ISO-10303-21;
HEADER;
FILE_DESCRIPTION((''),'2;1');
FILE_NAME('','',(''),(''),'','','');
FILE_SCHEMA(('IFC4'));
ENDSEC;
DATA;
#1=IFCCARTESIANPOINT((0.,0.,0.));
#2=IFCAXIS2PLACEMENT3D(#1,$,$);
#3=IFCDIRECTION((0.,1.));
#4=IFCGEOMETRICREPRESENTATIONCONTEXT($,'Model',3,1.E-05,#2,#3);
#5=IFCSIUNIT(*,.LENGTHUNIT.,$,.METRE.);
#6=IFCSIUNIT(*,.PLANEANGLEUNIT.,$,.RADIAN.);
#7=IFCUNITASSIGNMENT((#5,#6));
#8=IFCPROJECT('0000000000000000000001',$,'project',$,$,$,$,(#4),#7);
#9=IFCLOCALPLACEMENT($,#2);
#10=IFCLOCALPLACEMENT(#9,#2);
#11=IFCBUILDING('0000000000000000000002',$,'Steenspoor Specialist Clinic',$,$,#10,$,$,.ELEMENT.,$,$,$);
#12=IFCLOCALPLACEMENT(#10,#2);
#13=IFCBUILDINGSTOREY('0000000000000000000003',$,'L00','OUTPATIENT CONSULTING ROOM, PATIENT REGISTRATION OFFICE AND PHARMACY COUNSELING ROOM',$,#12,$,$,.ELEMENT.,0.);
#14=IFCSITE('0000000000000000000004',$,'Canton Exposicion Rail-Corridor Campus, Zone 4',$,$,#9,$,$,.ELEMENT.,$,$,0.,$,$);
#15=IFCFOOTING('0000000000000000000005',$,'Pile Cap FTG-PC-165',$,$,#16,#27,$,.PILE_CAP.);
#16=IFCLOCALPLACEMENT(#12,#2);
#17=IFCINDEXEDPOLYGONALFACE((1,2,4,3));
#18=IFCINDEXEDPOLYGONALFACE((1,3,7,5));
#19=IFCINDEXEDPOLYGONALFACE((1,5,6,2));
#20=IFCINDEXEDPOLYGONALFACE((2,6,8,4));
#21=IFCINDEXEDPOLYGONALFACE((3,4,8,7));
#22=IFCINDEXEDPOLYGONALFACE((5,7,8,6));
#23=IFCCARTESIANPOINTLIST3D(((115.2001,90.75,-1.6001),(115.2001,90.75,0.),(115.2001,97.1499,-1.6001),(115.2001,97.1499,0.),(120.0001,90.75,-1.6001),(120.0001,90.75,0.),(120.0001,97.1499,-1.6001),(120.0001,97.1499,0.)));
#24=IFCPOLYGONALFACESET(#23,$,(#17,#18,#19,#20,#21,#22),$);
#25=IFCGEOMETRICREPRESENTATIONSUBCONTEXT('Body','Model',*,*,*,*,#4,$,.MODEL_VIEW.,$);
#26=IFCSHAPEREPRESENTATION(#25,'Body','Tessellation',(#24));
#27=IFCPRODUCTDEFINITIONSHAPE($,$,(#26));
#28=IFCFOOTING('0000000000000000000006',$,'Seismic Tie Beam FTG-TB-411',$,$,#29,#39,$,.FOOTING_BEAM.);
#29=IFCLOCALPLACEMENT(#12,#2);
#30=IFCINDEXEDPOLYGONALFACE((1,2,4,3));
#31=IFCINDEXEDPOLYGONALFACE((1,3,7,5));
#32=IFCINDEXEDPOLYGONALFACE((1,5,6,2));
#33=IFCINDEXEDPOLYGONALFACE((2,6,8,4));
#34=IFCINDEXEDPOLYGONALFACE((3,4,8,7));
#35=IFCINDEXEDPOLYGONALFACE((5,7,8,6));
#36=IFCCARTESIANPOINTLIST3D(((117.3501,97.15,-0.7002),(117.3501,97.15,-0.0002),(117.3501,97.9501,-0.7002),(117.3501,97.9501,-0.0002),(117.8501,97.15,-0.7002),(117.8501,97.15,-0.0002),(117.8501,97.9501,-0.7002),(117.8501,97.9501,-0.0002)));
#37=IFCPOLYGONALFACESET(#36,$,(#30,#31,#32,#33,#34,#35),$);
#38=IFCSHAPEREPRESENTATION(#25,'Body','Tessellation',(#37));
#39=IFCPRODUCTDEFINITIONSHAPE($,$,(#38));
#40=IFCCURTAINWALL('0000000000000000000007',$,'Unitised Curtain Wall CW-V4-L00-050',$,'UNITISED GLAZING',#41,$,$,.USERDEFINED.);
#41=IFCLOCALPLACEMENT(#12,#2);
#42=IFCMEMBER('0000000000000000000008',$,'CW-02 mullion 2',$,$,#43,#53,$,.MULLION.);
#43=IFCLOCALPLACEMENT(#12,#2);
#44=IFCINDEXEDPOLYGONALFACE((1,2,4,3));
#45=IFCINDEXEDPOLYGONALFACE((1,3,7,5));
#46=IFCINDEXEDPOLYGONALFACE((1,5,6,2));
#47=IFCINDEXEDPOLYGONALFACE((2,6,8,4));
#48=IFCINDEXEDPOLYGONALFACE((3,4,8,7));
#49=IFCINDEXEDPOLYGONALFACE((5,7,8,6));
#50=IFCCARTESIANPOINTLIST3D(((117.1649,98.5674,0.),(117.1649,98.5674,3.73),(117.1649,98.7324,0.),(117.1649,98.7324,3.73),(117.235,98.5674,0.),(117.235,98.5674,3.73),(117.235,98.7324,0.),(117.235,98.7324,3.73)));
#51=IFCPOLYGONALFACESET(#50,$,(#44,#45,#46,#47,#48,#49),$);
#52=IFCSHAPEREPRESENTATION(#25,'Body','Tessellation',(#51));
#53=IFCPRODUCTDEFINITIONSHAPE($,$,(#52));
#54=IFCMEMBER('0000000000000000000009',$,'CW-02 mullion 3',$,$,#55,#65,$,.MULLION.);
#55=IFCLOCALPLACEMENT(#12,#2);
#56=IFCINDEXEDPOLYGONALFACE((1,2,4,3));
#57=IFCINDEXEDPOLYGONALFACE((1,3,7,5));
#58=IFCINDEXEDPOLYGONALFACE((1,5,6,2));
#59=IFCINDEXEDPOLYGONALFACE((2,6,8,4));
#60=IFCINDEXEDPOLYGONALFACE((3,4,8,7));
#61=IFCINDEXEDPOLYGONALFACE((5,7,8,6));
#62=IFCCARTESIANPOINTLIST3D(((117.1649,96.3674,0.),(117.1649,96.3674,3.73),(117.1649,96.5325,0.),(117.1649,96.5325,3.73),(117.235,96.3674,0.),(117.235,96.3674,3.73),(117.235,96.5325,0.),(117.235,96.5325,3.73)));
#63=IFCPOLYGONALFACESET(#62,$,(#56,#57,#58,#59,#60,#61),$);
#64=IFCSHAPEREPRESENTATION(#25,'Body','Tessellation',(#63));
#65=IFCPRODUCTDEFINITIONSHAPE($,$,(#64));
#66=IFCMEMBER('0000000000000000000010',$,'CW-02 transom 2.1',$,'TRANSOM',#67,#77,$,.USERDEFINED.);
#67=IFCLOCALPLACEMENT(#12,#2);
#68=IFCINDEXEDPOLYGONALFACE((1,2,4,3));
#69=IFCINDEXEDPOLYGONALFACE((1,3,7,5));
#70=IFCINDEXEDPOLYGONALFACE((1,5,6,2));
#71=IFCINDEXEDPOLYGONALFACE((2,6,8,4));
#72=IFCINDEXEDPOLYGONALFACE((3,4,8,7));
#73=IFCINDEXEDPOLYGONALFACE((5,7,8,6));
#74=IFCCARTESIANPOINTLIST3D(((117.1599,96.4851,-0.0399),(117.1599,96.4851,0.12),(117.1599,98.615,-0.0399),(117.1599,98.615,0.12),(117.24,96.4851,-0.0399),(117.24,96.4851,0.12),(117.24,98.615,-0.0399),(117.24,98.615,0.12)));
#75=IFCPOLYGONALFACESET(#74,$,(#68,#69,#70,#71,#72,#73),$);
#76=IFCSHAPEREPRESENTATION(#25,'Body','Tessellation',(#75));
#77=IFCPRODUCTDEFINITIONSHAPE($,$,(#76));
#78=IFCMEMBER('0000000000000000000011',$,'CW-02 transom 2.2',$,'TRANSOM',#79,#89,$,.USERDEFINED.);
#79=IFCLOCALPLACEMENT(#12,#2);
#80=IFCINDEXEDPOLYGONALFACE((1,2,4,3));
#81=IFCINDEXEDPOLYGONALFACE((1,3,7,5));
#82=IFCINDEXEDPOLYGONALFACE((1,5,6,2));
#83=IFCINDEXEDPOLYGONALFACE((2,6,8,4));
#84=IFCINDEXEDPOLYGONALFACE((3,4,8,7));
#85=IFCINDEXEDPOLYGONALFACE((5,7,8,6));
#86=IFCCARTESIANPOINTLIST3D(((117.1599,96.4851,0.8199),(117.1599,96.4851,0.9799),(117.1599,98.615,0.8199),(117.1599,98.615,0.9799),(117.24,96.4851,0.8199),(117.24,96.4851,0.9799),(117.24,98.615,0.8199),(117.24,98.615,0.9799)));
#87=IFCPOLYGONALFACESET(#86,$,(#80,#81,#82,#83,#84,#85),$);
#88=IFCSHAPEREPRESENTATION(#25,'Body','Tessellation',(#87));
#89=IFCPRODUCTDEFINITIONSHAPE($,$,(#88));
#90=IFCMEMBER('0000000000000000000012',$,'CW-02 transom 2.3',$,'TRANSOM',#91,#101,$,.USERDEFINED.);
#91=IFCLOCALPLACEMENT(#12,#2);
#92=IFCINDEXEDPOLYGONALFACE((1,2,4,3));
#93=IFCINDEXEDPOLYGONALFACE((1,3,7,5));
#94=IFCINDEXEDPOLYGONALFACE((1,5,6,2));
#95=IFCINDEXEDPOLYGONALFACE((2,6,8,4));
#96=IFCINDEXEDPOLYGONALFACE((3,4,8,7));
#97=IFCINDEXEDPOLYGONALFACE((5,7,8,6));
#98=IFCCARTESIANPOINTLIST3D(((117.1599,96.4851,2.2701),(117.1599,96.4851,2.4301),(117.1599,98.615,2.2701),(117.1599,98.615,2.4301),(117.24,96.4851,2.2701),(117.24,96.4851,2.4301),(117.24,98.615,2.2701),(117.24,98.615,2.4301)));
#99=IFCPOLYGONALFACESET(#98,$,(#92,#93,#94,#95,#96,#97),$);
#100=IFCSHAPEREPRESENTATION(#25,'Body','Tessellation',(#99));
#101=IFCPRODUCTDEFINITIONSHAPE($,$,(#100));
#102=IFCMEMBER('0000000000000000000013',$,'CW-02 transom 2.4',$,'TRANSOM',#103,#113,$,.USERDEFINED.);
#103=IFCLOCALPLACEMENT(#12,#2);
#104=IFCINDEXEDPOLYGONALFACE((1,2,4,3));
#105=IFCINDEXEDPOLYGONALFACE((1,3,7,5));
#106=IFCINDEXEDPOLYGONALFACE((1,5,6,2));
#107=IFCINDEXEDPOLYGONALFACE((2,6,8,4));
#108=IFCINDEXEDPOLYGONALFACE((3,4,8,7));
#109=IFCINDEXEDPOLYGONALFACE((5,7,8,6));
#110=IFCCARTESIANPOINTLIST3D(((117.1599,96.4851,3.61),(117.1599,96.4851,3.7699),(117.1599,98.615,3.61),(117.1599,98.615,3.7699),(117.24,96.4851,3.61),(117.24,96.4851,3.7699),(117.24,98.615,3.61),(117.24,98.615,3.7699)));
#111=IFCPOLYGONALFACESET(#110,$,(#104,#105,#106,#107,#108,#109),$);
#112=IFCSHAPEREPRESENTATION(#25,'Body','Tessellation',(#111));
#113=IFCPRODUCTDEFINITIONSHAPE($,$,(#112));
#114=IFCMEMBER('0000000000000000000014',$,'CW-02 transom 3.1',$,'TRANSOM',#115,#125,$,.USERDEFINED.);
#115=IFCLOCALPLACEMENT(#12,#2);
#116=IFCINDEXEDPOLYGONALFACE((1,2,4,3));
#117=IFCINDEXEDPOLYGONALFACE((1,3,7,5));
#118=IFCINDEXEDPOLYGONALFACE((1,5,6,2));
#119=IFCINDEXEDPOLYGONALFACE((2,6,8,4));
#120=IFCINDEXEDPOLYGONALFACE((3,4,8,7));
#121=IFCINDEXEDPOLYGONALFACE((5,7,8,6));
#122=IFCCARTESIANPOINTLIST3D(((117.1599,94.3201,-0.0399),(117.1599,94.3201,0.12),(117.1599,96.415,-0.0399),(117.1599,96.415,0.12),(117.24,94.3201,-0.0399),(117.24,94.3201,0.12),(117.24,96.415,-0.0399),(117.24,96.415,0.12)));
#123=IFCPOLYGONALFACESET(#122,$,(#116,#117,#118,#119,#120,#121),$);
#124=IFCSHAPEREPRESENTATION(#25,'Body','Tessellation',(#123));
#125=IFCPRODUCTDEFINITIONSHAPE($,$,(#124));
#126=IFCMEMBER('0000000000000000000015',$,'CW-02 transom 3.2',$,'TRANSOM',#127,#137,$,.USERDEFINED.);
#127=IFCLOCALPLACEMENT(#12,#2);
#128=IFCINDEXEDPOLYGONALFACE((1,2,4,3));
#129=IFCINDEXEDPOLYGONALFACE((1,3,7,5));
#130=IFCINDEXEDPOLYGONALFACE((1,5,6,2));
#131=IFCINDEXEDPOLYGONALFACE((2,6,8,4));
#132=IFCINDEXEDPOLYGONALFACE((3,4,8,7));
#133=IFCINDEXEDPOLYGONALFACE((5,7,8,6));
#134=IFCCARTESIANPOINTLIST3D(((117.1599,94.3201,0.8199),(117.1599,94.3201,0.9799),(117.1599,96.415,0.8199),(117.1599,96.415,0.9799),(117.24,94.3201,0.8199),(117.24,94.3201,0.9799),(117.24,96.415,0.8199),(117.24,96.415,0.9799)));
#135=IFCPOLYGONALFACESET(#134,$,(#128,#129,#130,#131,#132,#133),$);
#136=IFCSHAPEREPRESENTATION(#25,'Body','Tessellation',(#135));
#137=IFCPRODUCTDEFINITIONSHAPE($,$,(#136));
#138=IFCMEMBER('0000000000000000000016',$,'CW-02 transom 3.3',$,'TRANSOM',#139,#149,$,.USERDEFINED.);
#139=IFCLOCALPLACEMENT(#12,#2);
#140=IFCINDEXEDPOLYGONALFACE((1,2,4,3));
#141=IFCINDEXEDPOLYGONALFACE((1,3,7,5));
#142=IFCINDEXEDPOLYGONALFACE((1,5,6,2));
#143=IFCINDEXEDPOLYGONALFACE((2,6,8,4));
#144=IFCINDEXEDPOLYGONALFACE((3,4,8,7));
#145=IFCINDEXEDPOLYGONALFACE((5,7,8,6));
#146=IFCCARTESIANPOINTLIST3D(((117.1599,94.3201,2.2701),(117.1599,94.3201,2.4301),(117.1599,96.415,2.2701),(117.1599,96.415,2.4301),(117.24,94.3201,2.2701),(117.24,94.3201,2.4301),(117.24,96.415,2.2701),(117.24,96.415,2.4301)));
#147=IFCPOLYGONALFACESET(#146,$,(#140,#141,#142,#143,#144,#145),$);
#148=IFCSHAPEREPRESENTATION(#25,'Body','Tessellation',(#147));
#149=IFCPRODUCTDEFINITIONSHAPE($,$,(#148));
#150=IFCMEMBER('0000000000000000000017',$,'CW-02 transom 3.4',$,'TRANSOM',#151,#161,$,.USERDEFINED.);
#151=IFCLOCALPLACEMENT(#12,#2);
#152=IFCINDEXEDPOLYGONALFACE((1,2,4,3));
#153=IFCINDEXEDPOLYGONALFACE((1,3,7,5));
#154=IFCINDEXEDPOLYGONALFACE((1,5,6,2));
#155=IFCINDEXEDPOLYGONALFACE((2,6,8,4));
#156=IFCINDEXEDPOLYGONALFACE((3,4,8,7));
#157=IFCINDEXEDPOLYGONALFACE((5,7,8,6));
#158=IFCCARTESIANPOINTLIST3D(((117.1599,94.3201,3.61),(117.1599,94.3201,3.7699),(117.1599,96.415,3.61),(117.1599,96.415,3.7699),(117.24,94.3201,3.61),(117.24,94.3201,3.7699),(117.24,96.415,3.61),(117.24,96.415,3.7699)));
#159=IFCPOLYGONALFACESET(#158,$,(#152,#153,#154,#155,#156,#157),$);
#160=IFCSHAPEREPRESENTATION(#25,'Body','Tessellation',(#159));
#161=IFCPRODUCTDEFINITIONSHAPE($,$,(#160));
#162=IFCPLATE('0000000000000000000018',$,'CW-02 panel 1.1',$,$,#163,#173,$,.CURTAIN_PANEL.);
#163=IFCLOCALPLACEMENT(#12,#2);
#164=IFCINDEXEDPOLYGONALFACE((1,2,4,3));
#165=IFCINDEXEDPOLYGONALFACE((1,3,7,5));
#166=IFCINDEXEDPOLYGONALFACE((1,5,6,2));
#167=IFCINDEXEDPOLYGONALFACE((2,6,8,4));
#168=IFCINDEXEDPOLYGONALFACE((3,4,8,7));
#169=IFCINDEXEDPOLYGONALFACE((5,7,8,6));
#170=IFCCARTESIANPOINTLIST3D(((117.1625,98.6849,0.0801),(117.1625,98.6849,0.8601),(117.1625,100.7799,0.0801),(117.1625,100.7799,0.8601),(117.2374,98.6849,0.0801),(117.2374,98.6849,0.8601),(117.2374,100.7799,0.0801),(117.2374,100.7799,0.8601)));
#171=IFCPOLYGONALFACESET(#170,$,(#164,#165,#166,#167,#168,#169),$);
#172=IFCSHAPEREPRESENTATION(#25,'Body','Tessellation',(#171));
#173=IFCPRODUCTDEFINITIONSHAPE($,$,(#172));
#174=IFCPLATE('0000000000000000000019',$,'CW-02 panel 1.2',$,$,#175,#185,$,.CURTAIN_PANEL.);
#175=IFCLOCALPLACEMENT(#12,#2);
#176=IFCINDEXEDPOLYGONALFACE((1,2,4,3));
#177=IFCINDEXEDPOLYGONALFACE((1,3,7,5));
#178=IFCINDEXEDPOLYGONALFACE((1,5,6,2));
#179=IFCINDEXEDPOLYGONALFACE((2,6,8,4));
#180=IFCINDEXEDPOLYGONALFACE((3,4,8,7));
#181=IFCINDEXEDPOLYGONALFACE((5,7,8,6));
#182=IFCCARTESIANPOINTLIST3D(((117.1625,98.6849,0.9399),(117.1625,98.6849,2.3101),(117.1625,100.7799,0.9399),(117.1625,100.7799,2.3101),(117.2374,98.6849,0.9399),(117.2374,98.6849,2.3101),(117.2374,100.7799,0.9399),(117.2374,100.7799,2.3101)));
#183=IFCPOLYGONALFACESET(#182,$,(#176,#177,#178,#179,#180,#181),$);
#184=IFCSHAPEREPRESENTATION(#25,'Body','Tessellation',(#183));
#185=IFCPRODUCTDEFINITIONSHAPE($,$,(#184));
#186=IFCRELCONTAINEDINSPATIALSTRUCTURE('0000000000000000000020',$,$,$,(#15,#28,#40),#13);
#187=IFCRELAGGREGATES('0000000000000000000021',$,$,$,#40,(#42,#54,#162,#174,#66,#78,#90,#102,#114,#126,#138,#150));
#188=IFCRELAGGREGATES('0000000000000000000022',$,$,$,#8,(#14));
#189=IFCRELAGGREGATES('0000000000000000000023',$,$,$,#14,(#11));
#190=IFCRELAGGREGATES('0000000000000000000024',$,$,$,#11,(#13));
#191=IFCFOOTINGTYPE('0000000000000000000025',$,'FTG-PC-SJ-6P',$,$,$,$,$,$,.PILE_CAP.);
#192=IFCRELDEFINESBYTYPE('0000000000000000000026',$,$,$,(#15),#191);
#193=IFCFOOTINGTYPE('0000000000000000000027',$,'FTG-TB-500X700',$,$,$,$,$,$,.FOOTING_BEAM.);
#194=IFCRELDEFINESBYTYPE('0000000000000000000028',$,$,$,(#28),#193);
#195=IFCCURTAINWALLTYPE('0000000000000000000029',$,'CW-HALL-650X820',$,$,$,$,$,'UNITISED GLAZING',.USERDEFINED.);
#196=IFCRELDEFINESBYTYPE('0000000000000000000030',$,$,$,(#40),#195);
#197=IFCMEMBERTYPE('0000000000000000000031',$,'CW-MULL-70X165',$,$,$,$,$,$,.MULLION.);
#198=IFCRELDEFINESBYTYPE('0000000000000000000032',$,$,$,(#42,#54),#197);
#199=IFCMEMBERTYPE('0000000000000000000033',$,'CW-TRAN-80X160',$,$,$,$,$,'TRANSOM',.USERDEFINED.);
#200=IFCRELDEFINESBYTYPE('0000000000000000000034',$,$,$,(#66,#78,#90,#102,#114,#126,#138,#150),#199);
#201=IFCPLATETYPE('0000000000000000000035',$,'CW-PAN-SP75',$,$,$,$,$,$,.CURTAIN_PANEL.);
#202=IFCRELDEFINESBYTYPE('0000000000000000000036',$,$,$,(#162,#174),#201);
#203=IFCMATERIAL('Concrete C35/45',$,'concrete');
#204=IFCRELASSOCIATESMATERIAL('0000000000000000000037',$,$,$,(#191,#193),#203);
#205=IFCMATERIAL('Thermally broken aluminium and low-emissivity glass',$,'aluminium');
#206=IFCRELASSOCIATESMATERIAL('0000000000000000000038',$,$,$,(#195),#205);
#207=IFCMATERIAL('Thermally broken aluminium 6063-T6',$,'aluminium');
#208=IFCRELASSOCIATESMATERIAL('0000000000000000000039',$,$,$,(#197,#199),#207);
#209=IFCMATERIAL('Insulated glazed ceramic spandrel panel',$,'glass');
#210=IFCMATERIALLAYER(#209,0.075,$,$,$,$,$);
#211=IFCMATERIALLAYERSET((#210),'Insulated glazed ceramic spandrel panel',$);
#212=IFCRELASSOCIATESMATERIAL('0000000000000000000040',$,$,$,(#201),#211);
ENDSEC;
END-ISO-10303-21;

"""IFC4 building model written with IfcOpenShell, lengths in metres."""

from ifc_helpers import new_model, si_unit, direction, frame, origin, origin_2d, place, context, subcontext, project, spatial, rectangle, extrude, material, layer, layer_set, material_profile, profile_set, type_object, element, aggregate, save


model = new_model("IFC4")

# Units and contexts
model_context = context("Model", 3, precision=1e-05, world=origin(), true_north=direction((0.0, 1.0)))
body_context = subcontext(model_context, "Body", "Model", "MODEL_VIEW")
ifc_project = project(units=[si_unit("LENGTHUNIT", "METRE"), si_unit("PLANEANGLEUNIT", "RADIAN")], contexts=[model_context])

# Site, building, storey
site_placement = place(None, origin())
site = spatial("IfcSite", under=ifc_project, at=site_placement, Name="Canton Exposicion Rail-Corridor Campus, Zone 4", CompositionType="ELEMENT", RefElevation=0.0)
building_placement = place(site_placement, origin())
building = spatial("IfcBuilding", under=site, at=building_placement, Name="Steenspoor Specialist Clinic", CompositionType="ELEMENT")
storey_placement = place(building_placement, origin())
storey = spatial("IfcBuildingStorey", under=building, at=storey_placement, Name="L00", Description="OUTPATIENT CONSULTING ROOM, PATIENT REGISTRATION OFFICE AND PHARMACY COUNSELING ROOM", CompositionType="ELEMENT", Elevation=0.0)

# Footings
ifc_material_1 = material(Name="Concrete C35/45", Category="concrete")
footing_type_1 = type_object("IfcFootingType", Name="FTG-PC-SJ-6P", PredefinedType="PILE_CAP", material=ifc_material_1)
footing_1_placement = place(storey_placement, frame((117.6001, 93.95, -1.6001), z_axis=(0.0, 0.0, 1.0), x_axis=(1.0, 0.0, 0.0)))
element("IfcFooting", 1, at=footing_1_placement, inside=storey, type_object=footing_type_1, Name="Pile Cap FTG-PC-165", PredefinedType="PILE_CAP", context=body_context, shape_type="SweptSolid", body=[
    extrude(rectangle(XDim=4.8, YDim=6.3999, at=origin_2d()), origin(), (0.0, 0.0, 1.0), 1.6001),
])
footing_type_2 = type_object("IfcFootingType", Name="FTG-TB-500X700", PredefinedType="FOOTING_BEAM", material=ifc_material_1)
footing_2_placement = place(storey_placement, frame((117.6001, 97.55, -0.7002), z_axis=(0.0, 0.0, 1.0), x_axis=(1.0, 0.0, 0.0)))
element("IfcFooting", 2, at=footing_2_placement, inside=storey, type_object=footing_type_2, Name="Seismic Tie Beam FTG-TB-411", PredefinedType="FOOTING_BEAM", context=body_context, shape_type="SweptSolid", body=[
    extrude(rectangle(XDim=0.5, YDim=0.8, at=origin_2d()), origin(), (0.0, 0.0, 1.0), 0.7),
])

# Curtain wall, members, plates
ifc_material_2 = material(Name="Thermally broken aluminium and low-emissivity glass", Category="aluminium")
curtain_wall_type = type_object("IfcCurtainWallType", Name="CW-HALL-650X820", ElementType="UNITISED GLAZING", PredefinedType="USERDEFINED", material=ifc_material_2)
curtain_wall_placement = place(storey_placement, origin())
curtain_wall = element("IfcCurtainWall", 3, at=curtain_wall_placement, inside=storey, type_object=curtain_wall_type, Name="Unitised Curtain Wall CW-V4-L00-050", ObjectType="UNITISED GLAZING", PredefinedType="USERDEFINED")
ifc_material_3 = material(Name="Thermally broken aluminium 6063-T6", Category="aluminium")
ifc_material_profile_1 = material_profile(ifc_material_3, rectangle(XDim=0.0701, YDim=0.165, at=origin_2d()), Name="CWM-70X165")
ifc_profile_set_1 = profile_set([ifc_material_profile_1], Name="Thermally broken aluminium 6063-T6")
member_type_1 = type_object("IfcMemberType", Name="CW-MULL-70X165", PredefinedType="MULLION", material=ifc_profile_set_1)
member_1_placement = place(storey_placement, frame((117.2, 98.6499, 0.0), z_axis=(0.0, 0.0, 1.0), x_axis=(1.0, 0.0, 0.0)))
member_1 = element("IfcMember", 4, at=member_1_placement, type_object=member_type_1, Name="CW-02 mullion 2", PredefinedType="MULLION", context=body_context, shape_type="SweptSolid", body=[
    extrude(rectangle(XDim=0.0701, YDim=0.165, at=origin_2d()), origin(), (0.0, 0.0, 1.0), 3.73),
])
member_2_placement = place(storey_placement, frame((117.2, 96.45, 0.0), z_axis=(0.0, 0.0, 1.0), x_axis=(1.0, 0.0, 0.0)))
member_2 = element("IfcMember", 5, at=member_2_placement, type_object=member_type_1, Name="CW-02 mullion 3", PredefinedType="MULLION", context=body_context, shape_type="SweptSolid", body=[
    extrude(rectangle(XDim=0.0701, YDim=0.165, at=origin_2d()), origin(), (0.0, 0.0, 1.0), 3.73),
])
ifc_material_profile_2 = material_profile(ifc_material_3, rectangle(XDim=0.0801, YDim=0.1599, at=origin_2d()), Name="CWT-80X160")
ifc_profile_set_2 = profile_set([ifc_material_profile_2], Name="Thermally broken aluminium 6063-T6")
member_type_2 = type_object("IfcMemberType", Name="CW-TRAN-80X160", ElementType="TRANSOM", PredefinedType="USERDEFINED", material=ifc_profile_set_2)
member_3_placement = place(storey_placement, frame((117.2, 98.615, 0.04), z_axis=(0.0, -1.0, 0.0), x_axis=(1.0, 0.0, 0.0)))
member_3 = element("IfcMember", 6, at=member_3_placement, type_object=member_type_2, Name="CW-02 transom 2.1", ObjectType="TRANSOM", PredefinedType="USERDEFINED", context=body_context, shape_type="SweptSolid", body=[
    extrude(rectangle(XDim=0.0801, YDim=0.1599, at=origin_2d()), origin(), (0.0, 0.0, 1.0), 2.1299),
])
member_4_placement = place(storey_placement, frame((117.2, 98.615, 0.8999), z_axis=(0.0, -1.0, 0.0), x_axis=(1.0, 0.0, 0.0)))
member_4 = element("IfcMember", 7, at=member_4_placement, type_object=member_type_2, Name="CW-02 transom 2.2", ObjectType="TRANSOM", PredefinedType="USERDEFINED", context=body_context, shape_type="SweptSolid", body=[
    extrude(rectangle(XDim=0.0801, YDim=0.1599, at=origin_2d()), origin(), (0.0, 0.0, 1.0), 2.1299),
])
member_5_placement = place(storey_placement, frame((117.2, 98.615, 2.3501), z_axis=(0.0, -1.0, 0.0), x_axis=(1.0, 0.0, 0.0)))
member_5 = element("IfcMember", 8, at=member_5_placement, type_object=member_type_2, Name="CW-02 transom 2.3", ObjectType="TRANSOM", PredefinedType="USERDEFINED", context=body_context, shape_type="SweptSolid", body=[
    extrude(rectangle(XDim=0.0801, YDim=0.1599, at=origin_2d()), origin(), (0.0, 0.0, 1.0), 2.1299),
])
member_6_placement = place(storey_placement, frame((117.2, 98.615, 3.6899), z_axis=(0.0, -1.0, 0.0), x_axis=(1.0, 0.0, 0.0)))
member_6 = element("IfcMember", 9, at=member_6_placement, type_object=member_type_2, Name="CW-02 transom 2.4", ObjectType="TRANSOM", PredefinedType="USERDEFINED", context=body_context, shape_type="SweptSolid", body=[
    extrude(rectangle(XDim=0.0801, YDim=0.1599, at=origin_2d()), origin(), (0.0, 0.0, 1.0), 2.1299),
])
member_7_placement = place(storey_placement, frame((117.2, 96.415, 0.04), z_axis=(0.0, -1.0, 0.0), x_axis=(1.0, 0.0, 0.0)))
member_7 = element("IfcMember", 10, at=member_7_placement, type_object=member_type_2, Name="CW-02 transom 3.1", ObjectType="TRANSOM", PredefinedType="USERDEFINED", context=body_context, shape_type="SweptSolid", body=[
    extrude(rectangle(XDim=0.0801, YDim=0.1599, at=origin_2d()), origin(), (0.0, 0.0, 1.0), 2.095),
])
member_8_placement = place(storey_placement, frame((117.2, 96.415, 0.8999), z_axis=(0.0, -1.0, 0.0), x_axis=(1.0, 0.0, 0.0)))
member_8 = element("IfcMember", 11, at=member_8_placement, type_object=member_type_2, Name="CW-02 transom 3.2", ObjectType="TRANSOM", PredefinedType="USERDEFINED", context=body_context, shape_type="SweptSolid", body=[
    extrude(rectangle(XDim=0.0801, YDim=0.1599, at=origin_2d()), origin(), (0.0, 0.0, 1.0), 2.095),
])
member_9_placement = place(storey_placement, frame((117.2, 96.415, 2.3501), z_axis=(0.0, -1.0, 0.0), x_axis=(1.0, 0.0, 0.0)))
member_9 = element("IfcMember", 12, at=member_9_placement, type_object=member_type_2, Name="CW-02 transom 3.3", ObjectType="TRANSOM", PredefinedType="USERDEFINED", context=body_context, shape_type="SweptSolid", body=[
    extrude(rectangle(XDim=0.0801, YDim=0.1599, at=origin_2d()), origin(), (0.0, 0.0, 1.0), 2.095),
])
member_10_placement = place(storey_placement, frame((117.2, 96.415, 3.6899), z_axis=(0.0, -1.0, 0.0), x_axis=(1.0, 0.0, 0.0)))
member_10 = element("IfcMember", 13, at=member_10_placement, type_object=member_type_2, Name="CW-02 transom 3.4", ObjectType="TRANSOM", PredefinedType="USERDEFINED", context=body_context, shape_type="SweptSolid", body=[
    extrude(rectangle(XDim=0.0801, YDim=0.1599, at=origin_2d()), origin(), (0.0, 0.0, 1.0), 2.095),
])
ifc_material_4 = material(Name="Insulated glazed ceramic spandrel panel", Category="glass")
ifc_layer = layer(ifc_material_4, 0.075)
ifc_layer_set = layer_set([ifc_layer], Name="Insulated glazed ceramic spandrel panel")
plate_type = type_object("IfcPlateType", Name="CW-PAN-SP75", PredefinedType="CURTAIN_PANEL", material=ifc_layer_set)
plate_1_placement = place(storey_placement, frame((117.2, 99.7324, 0.0801), z_axis=(0.0, 0.0, 1.0), x_axis=(0.0, -1.0, 0.0)))
plate_1 = element("IfcPlate", 14, at=plate_1_placement, type_object=plate_type, Name="CW-02 panel 1.1", PredefinedType="CURTAIN_PANEL", context=body_context, shape_type="SweptSolid", body=[
    extrude(rectangle(XDim=2.095, YDim=0.075, at=origin_2d()), origin(), (0.0, 0.0, 1.0), 0.78),
])
plate_2_placement = place(storey_placement, frame((117.2, 99.7324, 0.9399), z_axis=(0.0, 0.0, 1.0), x_axis=(0.0, -1.0, 0.0)))
plate_2 = element("IfcPlate", 15, at=plate_2_placement, type_object=plate_type, Name="CW-02 panel 1.2", PredefinedType="CURTAIN_PANEL", context=body_context, shape_type="SweptSolid", body=[
    extrude(rectangle(XDim=2.095, YDim=0.075, at=origin_2d()), origin(), (0.0, 0.0, 1.0), 1.3701),
])
aggregate(curtain_wall, [member_1, member_2, plate_1, plate_2, member_3, member_4, member_5, member_6, member_7, member_8, member_9, member_10])

save(model, "model.ifc")
